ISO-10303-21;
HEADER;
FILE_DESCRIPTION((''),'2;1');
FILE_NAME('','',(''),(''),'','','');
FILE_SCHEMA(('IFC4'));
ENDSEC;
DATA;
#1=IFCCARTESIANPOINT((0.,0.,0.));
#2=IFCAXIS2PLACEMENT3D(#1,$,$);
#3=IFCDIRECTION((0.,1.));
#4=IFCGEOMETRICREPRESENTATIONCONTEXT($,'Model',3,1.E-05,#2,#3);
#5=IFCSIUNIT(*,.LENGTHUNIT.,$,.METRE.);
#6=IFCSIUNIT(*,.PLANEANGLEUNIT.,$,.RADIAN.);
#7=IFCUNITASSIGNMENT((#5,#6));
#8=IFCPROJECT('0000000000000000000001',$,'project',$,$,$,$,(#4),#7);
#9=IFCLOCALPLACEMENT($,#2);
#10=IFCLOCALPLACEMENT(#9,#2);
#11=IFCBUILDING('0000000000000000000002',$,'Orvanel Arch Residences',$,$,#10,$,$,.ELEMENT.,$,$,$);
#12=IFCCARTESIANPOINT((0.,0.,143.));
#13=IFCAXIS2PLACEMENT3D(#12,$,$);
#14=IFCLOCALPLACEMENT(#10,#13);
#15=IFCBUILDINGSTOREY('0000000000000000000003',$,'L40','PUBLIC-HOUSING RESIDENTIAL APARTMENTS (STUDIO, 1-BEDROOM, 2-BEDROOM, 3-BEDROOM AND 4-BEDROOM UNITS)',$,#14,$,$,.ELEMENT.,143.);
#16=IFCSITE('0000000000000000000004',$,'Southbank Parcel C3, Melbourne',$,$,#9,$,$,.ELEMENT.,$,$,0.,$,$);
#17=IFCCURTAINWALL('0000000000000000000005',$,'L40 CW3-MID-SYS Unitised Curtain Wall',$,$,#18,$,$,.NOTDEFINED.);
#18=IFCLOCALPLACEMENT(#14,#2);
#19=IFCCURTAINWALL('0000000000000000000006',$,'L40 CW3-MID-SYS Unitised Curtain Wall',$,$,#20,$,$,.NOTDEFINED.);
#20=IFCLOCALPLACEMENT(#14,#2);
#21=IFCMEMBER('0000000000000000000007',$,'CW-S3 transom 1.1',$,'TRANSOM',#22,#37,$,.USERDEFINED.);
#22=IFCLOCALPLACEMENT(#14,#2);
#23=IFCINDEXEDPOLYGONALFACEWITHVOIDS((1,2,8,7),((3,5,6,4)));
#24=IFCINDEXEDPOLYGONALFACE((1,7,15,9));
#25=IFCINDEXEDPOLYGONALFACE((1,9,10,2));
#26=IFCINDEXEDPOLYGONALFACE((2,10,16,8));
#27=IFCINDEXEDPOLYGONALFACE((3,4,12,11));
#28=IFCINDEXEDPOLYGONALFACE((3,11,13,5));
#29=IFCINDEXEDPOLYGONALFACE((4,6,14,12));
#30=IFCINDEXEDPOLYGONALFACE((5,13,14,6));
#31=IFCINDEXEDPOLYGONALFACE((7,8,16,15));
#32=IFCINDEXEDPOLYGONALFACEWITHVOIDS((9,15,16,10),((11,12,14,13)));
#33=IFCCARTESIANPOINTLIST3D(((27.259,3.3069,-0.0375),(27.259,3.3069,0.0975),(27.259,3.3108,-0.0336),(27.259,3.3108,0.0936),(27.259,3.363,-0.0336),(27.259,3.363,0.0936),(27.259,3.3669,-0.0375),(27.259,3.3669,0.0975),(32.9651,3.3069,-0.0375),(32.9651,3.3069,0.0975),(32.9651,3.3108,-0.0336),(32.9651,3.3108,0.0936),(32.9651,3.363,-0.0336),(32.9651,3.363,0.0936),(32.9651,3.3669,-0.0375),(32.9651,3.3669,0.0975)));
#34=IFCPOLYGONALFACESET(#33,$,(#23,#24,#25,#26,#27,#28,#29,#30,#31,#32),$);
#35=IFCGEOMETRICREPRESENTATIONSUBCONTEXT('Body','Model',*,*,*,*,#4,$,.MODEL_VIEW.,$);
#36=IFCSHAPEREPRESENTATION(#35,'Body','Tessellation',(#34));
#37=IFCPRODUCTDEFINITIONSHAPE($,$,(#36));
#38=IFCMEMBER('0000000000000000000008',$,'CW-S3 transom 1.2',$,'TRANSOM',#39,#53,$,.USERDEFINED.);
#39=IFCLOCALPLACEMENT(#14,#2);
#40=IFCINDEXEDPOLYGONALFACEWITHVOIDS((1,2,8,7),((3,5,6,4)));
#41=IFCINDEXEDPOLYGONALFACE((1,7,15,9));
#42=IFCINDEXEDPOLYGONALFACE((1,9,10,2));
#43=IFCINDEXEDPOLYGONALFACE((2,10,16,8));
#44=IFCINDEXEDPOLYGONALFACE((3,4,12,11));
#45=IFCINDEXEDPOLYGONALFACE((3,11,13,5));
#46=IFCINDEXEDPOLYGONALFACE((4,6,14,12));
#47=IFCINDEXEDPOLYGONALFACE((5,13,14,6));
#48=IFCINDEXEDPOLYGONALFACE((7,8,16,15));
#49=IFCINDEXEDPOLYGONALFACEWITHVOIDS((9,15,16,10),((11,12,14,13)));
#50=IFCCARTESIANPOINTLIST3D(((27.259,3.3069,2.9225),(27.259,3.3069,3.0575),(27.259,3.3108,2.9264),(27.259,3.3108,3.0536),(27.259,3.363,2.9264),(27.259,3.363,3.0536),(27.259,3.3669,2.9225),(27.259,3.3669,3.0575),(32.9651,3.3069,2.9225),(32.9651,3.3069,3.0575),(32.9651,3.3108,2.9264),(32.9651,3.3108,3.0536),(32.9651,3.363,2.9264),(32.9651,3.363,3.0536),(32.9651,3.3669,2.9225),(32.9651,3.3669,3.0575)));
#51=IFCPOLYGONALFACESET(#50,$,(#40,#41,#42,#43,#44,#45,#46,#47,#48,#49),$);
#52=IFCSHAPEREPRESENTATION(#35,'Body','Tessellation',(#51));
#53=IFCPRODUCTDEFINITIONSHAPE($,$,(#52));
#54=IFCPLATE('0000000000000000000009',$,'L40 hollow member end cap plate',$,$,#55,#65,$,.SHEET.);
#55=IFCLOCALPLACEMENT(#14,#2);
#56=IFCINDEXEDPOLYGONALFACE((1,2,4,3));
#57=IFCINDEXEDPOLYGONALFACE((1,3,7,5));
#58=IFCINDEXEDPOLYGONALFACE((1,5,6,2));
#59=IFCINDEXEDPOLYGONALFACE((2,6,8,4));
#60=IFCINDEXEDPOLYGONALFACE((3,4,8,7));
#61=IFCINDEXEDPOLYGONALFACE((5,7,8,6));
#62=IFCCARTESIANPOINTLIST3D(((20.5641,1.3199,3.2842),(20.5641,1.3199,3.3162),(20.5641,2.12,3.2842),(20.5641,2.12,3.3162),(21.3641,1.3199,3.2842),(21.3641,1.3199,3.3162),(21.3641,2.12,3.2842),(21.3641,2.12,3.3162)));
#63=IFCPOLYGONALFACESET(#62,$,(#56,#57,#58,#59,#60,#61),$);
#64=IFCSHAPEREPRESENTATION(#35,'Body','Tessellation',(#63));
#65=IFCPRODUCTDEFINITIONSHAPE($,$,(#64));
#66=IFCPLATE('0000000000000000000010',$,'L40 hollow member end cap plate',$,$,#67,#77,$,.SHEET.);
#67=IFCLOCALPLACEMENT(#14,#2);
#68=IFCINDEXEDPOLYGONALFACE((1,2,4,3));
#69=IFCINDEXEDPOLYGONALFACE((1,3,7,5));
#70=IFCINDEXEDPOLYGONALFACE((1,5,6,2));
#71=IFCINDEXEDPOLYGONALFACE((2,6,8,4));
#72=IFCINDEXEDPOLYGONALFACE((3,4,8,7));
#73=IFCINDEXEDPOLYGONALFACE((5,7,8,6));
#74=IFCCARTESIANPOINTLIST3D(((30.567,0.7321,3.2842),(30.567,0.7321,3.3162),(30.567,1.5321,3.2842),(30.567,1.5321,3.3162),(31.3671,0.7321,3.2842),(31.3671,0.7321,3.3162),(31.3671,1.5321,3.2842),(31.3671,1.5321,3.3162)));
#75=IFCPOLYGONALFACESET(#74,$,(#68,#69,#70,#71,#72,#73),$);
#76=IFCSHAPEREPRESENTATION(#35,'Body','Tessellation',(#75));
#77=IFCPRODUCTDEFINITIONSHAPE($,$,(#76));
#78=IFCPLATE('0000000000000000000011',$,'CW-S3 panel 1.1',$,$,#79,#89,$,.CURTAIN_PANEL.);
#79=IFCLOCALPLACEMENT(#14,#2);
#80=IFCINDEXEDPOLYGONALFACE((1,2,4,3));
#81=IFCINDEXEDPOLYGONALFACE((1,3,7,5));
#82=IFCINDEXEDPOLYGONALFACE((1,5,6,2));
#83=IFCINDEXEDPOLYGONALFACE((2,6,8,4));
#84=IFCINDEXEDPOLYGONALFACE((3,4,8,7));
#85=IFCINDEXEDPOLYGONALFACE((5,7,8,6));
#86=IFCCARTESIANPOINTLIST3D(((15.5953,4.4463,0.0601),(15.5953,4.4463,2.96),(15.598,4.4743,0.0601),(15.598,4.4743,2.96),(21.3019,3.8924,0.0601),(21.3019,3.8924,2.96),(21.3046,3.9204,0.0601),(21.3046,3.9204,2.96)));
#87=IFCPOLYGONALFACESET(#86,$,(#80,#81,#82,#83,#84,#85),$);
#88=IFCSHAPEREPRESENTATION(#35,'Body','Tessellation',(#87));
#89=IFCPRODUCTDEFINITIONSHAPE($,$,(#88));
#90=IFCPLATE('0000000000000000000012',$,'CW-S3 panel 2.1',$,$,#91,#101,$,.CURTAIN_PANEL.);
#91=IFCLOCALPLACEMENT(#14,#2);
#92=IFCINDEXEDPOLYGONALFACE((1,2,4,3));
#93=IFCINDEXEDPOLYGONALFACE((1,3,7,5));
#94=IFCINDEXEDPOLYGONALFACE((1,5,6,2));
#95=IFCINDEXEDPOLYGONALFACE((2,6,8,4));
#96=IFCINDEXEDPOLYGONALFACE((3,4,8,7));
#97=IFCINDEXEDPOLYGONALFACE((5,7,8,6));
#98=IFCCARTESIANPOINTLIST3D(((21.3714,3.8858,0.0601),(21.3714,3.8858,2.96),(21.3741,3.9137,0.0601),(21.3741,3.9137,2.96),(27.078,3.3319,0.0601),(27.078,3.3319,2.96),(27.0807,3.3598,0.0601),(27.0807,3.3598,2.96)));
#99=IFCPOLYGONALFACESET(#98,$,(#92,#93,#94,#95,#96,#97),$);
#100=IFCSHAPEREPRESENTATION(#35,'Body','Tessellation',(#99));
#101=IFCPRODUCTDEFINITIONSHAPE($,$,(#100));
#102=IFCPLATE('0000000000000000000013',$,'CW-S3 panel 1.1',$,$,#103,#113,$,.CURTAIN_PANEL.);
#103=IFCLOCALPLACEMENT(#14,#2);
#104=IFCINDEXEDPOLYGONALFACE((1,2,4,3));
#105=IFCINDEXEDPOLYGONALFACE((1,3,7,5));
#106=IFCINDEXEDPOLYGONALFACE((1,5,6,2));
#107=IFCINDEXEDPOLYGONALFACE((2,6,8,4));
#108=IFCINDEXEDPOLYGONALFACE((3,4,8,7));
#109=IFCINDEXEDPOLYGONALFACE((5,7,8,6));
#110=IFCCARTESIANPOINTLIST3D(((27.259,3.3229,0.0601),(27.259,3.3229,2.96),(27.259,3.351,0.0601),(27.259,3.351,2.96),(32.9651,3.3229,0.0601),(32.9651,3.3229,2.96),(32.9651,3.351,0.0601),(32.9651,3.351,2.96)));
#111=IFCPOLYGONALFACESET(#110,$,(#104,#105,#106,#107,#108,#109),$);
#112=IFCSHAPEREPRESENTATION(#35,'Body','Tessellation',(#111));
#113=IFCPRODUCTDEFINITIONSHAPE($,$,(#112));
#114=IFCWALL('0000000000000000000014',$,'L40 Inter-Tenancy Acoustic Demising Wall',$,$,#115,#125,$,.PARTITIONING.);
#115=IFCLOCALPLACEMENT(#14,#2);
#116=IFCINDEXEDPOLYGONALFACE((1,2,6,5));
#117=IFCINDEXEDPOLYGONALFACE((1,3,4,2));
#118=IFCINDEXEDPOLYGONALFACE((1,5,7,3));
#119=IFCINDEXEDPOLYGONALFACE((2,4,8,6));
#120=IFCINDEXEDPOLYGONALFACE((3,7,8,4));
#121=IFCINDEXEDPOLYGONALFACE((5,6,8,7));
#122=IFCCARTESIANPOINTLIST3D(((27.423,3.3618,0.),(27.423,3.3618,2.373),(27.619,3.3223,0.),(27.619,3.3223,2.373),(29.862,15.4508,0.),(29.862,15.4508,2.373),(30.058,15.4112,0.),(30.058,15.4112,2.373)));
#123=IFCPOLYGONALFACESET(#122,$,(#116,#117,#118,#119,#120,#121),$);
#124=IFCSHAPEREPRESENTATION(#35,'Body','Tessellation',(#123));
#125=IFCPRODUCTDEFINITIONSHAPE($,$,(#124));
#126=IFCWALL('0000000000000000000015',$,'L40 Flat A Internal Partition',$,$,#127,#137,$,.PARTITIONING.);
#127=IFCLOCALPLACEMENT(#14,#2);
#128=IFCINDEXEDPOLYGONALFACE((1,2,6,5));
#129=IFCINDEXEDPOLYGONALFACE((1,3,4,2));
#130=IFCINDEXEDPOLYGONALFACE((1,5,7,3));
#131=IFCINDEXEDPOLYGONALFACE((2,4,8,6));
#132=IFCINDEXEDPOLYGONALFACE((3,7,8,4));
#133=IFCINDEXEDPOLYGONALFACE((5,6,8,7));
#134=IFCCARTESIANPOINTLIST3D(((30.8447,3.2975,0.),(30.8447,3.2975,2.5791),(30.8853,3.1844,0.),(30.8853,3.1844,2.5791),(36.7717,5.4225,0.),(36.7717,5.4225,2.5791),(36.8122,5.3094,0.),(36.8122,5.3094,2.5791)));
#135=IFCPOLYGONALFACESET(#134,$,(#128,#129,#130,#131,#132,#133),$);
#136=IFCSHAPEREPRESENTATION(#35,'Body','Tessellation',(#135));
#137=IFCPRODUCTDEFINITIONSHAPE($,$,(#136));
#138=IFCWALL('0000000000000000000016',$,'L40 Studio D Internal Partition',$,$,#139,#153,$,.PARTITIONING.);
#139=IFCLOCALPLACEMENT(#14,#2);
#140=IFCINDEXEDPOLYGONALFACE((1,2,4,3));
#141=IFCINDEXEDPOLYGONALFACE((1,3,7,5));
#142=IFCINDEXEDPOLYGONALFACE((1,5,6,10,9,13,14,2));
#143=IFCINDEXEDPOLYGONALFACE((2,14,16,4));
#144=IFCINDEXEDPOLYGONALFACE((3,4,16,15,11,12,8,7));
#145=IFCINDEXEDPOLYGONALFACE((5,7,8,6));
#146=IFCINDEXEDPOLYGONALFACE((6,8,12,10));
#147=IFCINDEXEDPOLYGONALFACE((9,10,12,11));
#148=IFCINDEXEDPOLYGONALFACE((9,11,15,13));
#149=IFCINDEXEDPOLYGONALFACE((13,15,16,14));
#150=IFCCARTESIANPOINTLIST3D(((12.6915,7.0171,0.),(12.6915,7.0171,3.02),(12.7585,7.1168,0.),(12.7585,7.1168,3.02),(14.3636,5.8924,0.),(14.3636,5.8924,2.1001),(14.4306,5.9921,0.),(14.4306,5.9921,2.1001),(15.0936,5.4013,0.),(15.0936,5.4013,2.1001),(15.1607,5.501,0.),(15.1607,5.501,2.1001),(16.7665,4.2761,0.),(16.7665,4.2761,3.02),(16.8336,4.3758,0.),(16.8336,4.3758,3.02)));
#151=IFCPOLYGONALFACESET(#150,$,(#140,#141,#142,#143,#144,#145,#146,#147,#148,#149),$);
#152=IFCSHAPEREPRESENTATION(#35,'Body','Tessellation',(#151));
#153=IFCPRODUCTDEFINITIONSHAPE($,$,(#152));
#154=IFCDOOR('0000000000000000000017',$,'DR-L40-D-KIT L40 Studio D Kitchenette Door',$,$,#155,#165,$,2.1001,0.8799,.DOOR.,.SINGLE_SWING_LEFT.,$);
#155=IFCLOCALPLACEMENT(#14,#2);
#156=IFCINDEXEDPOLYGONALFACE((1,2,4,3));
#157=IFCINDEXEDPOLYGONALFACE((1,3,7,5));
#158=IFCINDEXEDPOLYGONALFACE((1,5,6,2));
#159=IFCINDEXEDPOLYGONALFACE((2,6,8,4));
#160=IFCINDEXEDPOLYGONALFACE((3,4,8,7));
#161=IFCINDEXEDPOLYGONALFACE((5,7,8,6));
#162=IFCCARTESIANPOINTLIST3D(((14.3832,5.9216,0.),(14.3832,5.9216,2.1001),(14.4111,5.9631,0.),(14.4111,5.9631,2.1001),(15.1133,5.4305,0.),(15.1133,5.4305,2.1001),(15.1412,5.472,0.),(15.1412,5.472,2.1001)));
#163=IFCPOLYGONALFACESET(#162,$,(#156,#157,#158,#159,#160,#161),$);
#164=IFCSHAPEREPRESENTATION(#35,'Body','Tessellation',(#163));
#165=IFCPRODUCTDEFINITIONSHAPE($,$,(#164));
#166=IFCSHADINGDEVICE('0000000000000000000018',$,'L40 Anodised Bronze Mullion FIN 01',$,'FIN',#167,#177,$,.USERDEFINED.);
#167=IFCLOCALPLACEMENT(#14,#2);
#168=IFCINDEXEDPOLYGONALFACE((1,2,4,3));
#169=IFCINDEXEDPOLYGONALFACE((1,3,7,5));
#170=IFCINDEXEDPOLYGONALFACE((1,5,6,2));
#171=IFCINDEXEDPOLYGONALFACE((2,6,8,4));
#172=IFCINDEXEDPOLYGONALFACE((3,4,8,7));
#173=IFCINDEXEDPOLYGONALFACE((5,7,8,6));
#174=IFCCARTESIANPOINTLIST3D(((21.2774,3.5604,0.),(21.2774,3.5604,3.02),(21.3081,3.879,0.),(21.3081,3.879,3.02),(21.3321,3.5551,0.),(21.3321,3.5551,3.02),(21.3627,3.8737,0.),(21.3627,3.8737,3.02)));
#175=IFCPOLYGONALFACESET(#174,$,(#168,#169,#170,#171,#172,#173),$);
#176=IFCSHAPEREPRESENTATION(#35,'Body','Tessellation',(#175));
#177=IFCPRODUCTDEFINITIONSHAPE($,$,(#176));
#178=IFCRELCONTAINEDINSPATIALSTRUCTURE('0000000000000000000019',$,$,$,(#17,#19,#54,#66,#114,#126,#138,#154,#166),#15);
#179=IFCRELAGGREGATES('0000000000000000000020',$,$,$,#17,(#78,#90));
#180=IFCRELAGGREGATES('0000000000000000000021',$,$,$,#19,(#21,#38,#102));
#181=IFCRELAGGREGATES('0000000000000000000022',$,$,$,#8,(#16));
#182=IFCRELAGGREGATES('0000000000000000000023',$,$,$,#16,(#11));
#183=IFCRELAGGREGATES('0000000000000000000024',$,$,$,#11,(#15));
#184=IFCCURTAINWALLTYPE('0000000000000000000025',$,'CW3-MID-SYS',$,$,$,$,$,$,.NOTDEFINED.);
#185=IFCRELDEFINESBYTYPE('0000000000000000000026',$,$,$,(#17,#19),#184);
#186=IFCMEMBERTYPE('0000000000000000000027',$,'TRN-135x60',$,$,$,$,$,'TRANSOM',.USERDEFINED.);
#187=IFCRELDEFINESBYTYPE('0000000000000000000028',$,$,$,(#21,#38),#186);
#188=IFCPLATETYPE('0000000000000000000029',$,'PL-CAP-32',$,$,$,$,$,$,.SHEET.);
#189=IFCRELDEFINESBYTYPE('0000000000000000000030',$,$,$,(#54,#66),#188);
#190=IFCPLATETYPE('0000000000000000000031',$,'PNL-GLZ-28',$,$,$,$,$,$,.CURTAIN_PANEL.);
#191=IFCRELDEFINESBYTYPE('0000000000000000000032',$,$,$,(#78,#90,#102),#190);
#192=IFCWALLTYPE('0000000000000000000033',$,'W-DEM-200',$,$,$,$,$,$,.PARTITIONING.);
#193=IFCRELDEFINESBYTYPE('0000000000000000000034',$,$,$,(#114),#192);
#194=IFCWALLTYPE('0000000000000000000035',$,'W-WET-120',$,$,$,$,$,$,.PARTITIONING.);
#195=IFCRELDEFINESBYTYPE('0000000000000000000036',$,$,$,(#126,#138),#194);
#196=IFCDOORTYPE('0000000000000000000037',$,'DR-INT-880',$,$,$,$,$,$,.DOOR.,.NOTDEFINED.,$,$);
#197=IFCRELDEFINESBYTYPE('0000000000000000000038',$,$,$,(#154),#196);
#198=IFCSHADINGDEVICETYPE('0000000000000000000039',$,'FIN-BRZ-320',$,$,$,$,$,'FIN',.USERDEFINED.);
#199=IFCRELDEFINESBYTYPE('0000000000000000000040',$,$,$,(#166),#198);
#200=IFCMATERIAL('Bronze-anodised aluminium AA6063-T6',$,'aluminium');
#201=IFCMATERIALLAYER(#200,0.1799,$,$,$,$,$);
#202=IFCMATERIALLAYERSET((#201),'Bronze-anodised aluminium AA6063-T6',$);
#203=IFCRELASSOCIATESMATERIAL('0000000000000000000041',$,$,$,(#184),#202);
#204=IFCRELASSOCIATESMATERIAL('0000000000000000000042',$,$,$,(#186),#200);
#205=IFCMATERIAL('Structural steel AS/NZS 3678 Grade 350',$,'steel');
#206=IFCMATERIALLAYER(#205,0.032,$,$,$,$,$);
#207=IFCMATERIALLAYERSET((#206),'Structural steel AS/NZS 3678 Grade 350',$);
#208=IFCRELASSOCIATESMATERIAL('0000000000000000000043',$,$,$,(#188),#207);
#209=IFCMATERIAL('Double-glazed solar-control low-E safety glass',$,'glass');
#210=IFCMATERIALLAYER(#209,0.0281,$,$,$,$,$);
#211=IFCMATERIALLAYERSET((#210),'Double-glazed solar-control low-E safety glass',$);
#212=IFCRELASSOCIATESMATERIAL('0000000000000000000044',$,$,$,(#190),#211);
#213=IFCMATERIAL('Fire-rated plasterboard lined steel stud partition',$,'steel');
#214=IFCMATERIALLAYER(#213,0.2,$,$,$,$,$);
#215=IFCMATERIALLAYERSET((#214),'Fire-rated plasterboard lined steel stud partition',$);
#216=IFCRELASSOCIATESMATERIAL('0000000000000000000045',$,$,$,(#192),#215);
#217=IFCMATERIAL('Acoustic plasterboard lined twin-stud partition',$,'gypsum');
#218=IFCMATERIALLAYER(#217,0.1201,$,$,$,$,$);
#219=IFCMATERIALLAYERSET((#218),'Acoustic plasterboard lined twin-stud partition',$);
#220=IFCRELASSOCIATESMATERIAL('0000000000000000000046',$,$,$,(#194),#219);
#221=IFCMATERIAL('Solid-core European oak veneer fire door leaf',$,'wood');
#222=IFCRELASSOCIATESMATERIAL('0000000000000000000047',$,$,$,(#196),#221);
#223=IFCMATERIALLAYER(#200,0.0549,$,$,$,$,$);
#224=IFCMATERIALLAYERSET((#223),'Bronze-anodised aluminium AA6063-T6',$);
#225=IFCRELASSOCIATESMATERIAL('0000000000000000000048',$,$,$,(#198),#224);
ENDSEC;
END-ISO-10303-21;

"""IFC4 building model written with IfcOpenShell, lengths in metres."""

from ifc_helpers import new_model, si_unit, direction, frame, frame_2d, origin, origin_2d, place, context, subcontext, project, spatial, rectangle, hollow_rectangle, extrude, material, layer, layer_set, material_profile, profile_set, type_object, element, fill, aggregate, save


model = new_model("IFC4")

# Units and contexts
model_context = context("Model", 3, precision=1e-05, world=origin(), true_north=direction((0.0, 1.0)))
body_context = subcontext(model_context, "Body", "Model", "MODEL_VIEW")
ifc_project = project(units=[si_unit("LENGTHUNIT", "METRE"), si_unit("PLANEANGLEUNIT", "RADIAN")], contexts=[model_context])

# Site, building, storey
site_placement = place(None, origin())
site = spatial("IfcSite", under=ifc_project, at=site_placement, Name="Southbank Parcel C3, Melbourne", CompositionType="ELEMENT", RefElevation=0.0)
building_placement = place(site_placement, origin())
building = spatial("IfcBuilding", under=site, at=building_placement, Name="Orvanel Arch Residences", CompositionType="ELEMENT")
storey_placement = place(building_placement, frame((0.0, 0.0, 143.0)))
storey = spatial("IfcBuildingStorey", under=building, at=storey_placement, Name="L40", Description="PUBLIC-HOUSING RESIDENTIAL APARTMENTS (STUDIO, 1-BEDROOM, 2-BEDROOM, 3-BEDROOM AND 4-BEDROOM UNITS)", CompositionType="ELEMENT", Elevation=143.0)

# Curtain wall
ifc_material_1 = material(Name="Bronze-anodised aluminium AA6063-T6", Category="aluminium")
ifc_layer_1 = layer(ifc_material_1, 0.1799)
ifc_layer_set_1 = layer_set([ifc_layer_1], Name="Bronze-anodised aluminium AA6063-T6")
curtain_wall_type = type_object("IfcCurtainWallType", Name="CW3-MID-SYS", PredefinedType="NOTDEFINED", material=ifc_layer_set_1)
curtain_wall_1_placement = place(storey_placement, origin())
curtain_wall_1 = element("IfcCurtainWall", 1, at=curtain_wall_1_placement, inside=storey, type_object=curtain_wall_type, Name="L40 CW3-MID-SYS Unitised Curtain Wall", PredefinedType="NOTDEFINED")

# Curtain wall
curtain_wall_2_placement = place(storey_placement, origin())
curtain_wall_2 = element("IfcCurtainWall", 2, at=curtain_wall_2_placement, inside=storey, type_object=curtain_wall_type, Name="L40 CW3-MID-SYS Unitised Curtain Wall", PredefinedType="NOTDEFINED")

# Members
ifc_material_profile_1 = material_profile(ifc_material_1, hollow_rectangle(XDim=0.0601, YDim=0.135, WallThickness=0.0039, at=origin_2d()), Name="ALU135x60x4")
ifc_profile_set_1 = profile_set([ifc_material_profile_1], Name="Bronze-anodised aluminium AA6063-T6")
member_type_1 = type_object("IfcMemberType", Name="TRN-135x60", ElementType="TRANSOM", PredefinedType="USERDEFINED", material=ifc_profile_set_1)
member_1_placement = place(storey_placement, frame((27.259, 3.3369, 0.03), z_axis=(1.0, 0.0, 0.0), x_axis=(0.0, 1.0, 0.0)))
member_1 = element("IfcMember", 3, at=member_1_placement, type_object=member_type_1, Name="CW-S3 transom 1.1", ObjectType="TRANSOM", PredefinedType="USERDEFINED", context=body_context, shape_type="SweptSolid", body=[
    extrude(hollow_rectangle(XDim=0.0601, YDim=0.135, WallThickness=0.0039, at=origin_2d()), origin(), (0.0, 0.0, 1.0), 5.7061),
])
member_2_placement = place(storey_placement, frame((27.259, 3.3369, 2.99), z_axis=(1.0, 0.0, 0.0), x_axis=(0.0, 1.0, 0.0)))
member_2 = element("IfcMember", 4, at=member_2_placement, type_object=member_type_1, Name="CW-S3 transom 1.2", ObjectType="TRANSOM", PredefinedType="USERDEFINED", context=body_context, shape_type="SweptSolid", body=[
    extrude(hollow_rectangle(XDim=0.0601, YDim=0.135, WallThickness=0.0039, at=origin_2d()), origin(), (0.0, 0.0, 1.0), 5.7061),
])

# Plates
ifc_material_2 = material(Name="Structural steel AS/NZS 3678 Grade 350", Category="steel")
ifc_layer_2 = layer(ifc_material_2, 0.032)
ifc_layer_set_2 = layer_set([ifc_layer_2], Name="Structural steel AS/NZS 3678 Grade 350")
plate_type_1 = type_object("IfcPlateType", Name="PL-CAP-32", PredefinedType="SHEET", material=ifc_layer_set_2)
for number, where, z_axis, x_axis, name in (
    (5, (20.9641, 1.72, 3.2842), (0.0, 0.0, 1.0), (1.0, 0.0, 0.0), "L40 hollow member end cap plate"),
    (6, (30.967, 1.1321, 3.2842), (0.0, 0.0, 1.0), (1.0, 0.0, 0.0), "L40 hollow member end cap plate"),
):
    element("IfcPlate", number, at=place(storey_placement, frame(where, z_axis=z_axis, x_axis=x_axis)), inside=storey, type_object=plate_type_1, Name=name, PredefinedType="SHEET", context=body_context, shape_type="SweptSolid", body=[
        extrude(rectangle(XDim=0.8, YDim=0.8, at=origin_2d()), origin(), (0.0, 0.0, 1.0), 0.032),
    ])

# Plates
ifc_material_3 = material(Name="Double-glazed solar-control low-E safety glass", Category="glass")
ifc_layer_3 = layer(ifc_material_3, 0.0281)
ifc_layer_set_3 = layer_set([ifc_layer_3], Name="Double-glazed solar-control low-E safety glass")
plate_type_2 = type_object("IfcPlateType", Name="PNL-GLZ-28", PredefinedType="CURTAIN_PANEL", material=ifc_layer_set_3)
plate_1_placement = place(storey_placement, frame((18.45, 4.1833, 0.0601), z_axis=(0.0, 0.0, 1.0), x_axis=(0.995323, -0.096603, 0.0)))
plate_1 = element("IfcPlate", 7, at=plate_1_placement, type_object=plate_type_2, Name="CW-S3 panel 1.1", PredefinedType="CURTAIN_PANEL", context=body_context, shape_type="SweptSolid", body=[
    extrude(rectangle(XDim=5.7334, YDim=0.0281, at=origin_2d()), origin(), (0.0, 0.0, 1.0), 2.8999),
])
plate_2_placement = place(storey_placement, frame((24.2261, 3.6228, 0.0601), z_axis=(0.0, 0.0, 1.0), x_axis=(0.995323, -0.096603, 0.0)))
plate_2 = element("IfcPlate", 8, at=plate_2_placement, type_object=plate_type_2, Name="CW-S3 panel 2.1", PredefinedType="CURTAIN_PANEL", context=body_context, shape_type="SweptSolid", body=[
    extrude(rectangle(XDim=5.7334, YDim=0.0281, at=origin_2d()), origin(), (0.0, 0.0, 1.0), 2.8999),
])
aggregate(curtain_wall_1, [plate_1, plate_2])
plate_3_placement = place(storey_placement, frame((30.1121, 3.3369, 0.0601), z_axis=(0.0, 0.0, 1.0), x_axis=(1.0, 0.0, 0.0)))
plate_3 = element("IfcPlate", 9, at=plate_3_placement, type_object=plate_type_2, Name="CW-S3 panel 1.1", PredefinedType="CURTAIN_PANEL", context=body_context, shape_type="SweptSolid", body=[
    extrude(rectangle(XDim=5.7061, YDim=0.0281, at=origin_2d()), origin(), (0.0, 0.0, 1.0), 2.8999),
])
aggregate(curtain_wall_2, [member_1, member_2, plate_3])

# Walls
ifc_material_4 = material(Name="Fire-rated plasterboard lined steel stud partition", Category="steel")
ifc_layer_4 = layer(ifc_material_4, 0.2)
ifc_layer_set_4 = layer_set([ifc_layer_4], Name="Fire-rated plasterboard lined steel stud partition")
wall_type_1 = type_object("IfcWallType", Name="W-DEM-200", PredefinedType="PARTITIONING", material=ifc_layer_set_4)
wall_1_placement = place(storey_placement, frame((27.521, 3.342, 0.0), z_axis=(0.0, 0.0, 1.0), x_axis=(0.197768, 0.980249, 0.0)))
element("IfcWall", 10, at=wall_1_placement, inside=storey, type_object=wall_type_1, Name="L40 Inter-Tenancy Acoustic Demising Wall", PredefinedType="PARTITIONING", context=body_context, shape_type="SweptSolid", body=[
    extrude(rectangle(XDim=12.3325, YDim=0.2, at=frame_2d((6.1663, 0.0))), origin(), (0.0, 0.0, 1.0), 2.373),
])
ifc_material_5 = material(Name="Acoustic plasterboard lined twin-stud partition", Category="gypsum")
ifc_layer_5 = layer(ifc_material_5, 0.1201)
ifc_layer_set_5 = layer_set([ifc_layer_5], Name="Acoustic plasterboard lined twin-stud partition")
wall_type_2 = type_object("IfcWallType", Name="W-WET-120", PredefinedType="PARTITIONING", material=ifc_layer_set_5)
wall_2_placement = place(storey_placement, frame((30.865, 3.241, 0.0), z_axis=(0.0, 0.0, 1.0), x_axis=(0.941328, 0.337493, 0.0)))
element("IfcWall", 11, at=wall_2_placement, inside=storey, type_object=wall_type_2, Name="L40 Flat A Internal Partition", PredefinedType="PARTITIONING", context=body_context, shape_type="SweptSolid", body=[
    extrude(rectangle(XDim=6.2964, YDim=0.1201, at=frame_2d((3.1482, 0.0))), origin(), (0.0, 0.0, 1.0), 2.5791),
])

# Wall, opening, door
wall_3_placement = place(storey_placement, frame((16.8, 4.3259, 0.0), z_axis=(0.0, 0.0, 1.0), x_axis=(-0.829756, 0.558126, 0.0)))
wall_3 = element("IfcWall", 12, at=wall_3_placement, inside=storey, type_object=wall_type_2, Name="L40 Studio D Internal Partition", PredefinedType="PARTITIONING", context=body_context, shape_type="SweptSolid", body=[
    extrude(rectangle(XDim=4.9111, YDim=0.1201, at=frame_2d((2.4556, 0.0))), origin(), (0.0, 0.0, 1.0), 3.02),
])
opening_placement = place(wall_3_placement, frame((2.0161, 0.0, 0.0)))
opening = element("IfcOpeningElement", 13, at=opening_placement, cuts=wall_3, PredefinedType="OPENING", context=body_context, shape_type="SweptSolid", body=[
    extrude(rectangle(XDim=0.8799, YDim=2.1001, at=frame_2d((0.4399, 1.05))), frame((0.0, 0.0701, 0.0), z_axis=(0.0, -1.0, 0.0), x_axis=(1.0, 0.0, 0.0)), (0.0, 0.0, 1.0), 0.1401),
])
ifc_material_6 = material(Name="Solid-core European oak veneer fire door leaf", Category="wood")
door_type = type_object("IfcDoorType", Name="DR-INT-880", OperationType="NOTDEFINED", PredefinedType="DOOR", material=ifc_material_6)
door_placement = place(opening_placement, origin())
door = element("IfcDoor", 14, at=door_placement, inside=storey, type_object=door_type, Name="DR-L40-D-KIT L40 Studio D Kitchenette Door", OperationType="SINGLE_SWING_LEFT", OverallHeight=2.1001, OverallWidth=0.8799, PredefinedType="DOOR", context=body_context, shape_type="SweptSolid", body=[
    extrude(rectangle(XDim=0.8799, YDim=2.1001, at=frame_2d((0.4399, 1.05))), frame((0.0, 0.0249, 0.0), z_axis=(0.0, -1.0, 0.0), x_axis=(1.0, 0.0, 0.0)), (0.0, 0.0, 1.0), 0.05),
])
fill(opening, door)

# Shading device
ifc_layer_6 = layer(ifc_material_1, 0.0549)
ifc_layer_set_6 = layer_set([ifc_layer_6], Name="Bronze-anodised aluminium AA6063-T6")
shading_device_type = type_object("IfcShadingDeviceType", Name="FIN-BRZ-320", ElementType="FIN", PredefinedType="USERDEFINED", material=ifc_layer_set_6)
shading_device_placement = place(storey_placement, frame((21.3201, 3.717, 0.0), z_axis=(0.0, 0.0, 1.0), x_axis=(-0.095846, -0.995396, 0.0)))
element("IfcShadingDevice", 15, at=shading_device_placement, inside=storey, type_object=shading_device_type, Name="L40 Anodised Bronze Mullion FIN 01", ObjectType="FIN", PredefinedType="USERDEFINED", context=body_context, shape_type="SweptSolid", body=[
    extrude(rectangle(XDim=0.3201, YDim=0.0549, at=origin_2d()), origin(), (0.0, 0.0, 1.0), 3.02),
])

save(model, "model.ifc")
